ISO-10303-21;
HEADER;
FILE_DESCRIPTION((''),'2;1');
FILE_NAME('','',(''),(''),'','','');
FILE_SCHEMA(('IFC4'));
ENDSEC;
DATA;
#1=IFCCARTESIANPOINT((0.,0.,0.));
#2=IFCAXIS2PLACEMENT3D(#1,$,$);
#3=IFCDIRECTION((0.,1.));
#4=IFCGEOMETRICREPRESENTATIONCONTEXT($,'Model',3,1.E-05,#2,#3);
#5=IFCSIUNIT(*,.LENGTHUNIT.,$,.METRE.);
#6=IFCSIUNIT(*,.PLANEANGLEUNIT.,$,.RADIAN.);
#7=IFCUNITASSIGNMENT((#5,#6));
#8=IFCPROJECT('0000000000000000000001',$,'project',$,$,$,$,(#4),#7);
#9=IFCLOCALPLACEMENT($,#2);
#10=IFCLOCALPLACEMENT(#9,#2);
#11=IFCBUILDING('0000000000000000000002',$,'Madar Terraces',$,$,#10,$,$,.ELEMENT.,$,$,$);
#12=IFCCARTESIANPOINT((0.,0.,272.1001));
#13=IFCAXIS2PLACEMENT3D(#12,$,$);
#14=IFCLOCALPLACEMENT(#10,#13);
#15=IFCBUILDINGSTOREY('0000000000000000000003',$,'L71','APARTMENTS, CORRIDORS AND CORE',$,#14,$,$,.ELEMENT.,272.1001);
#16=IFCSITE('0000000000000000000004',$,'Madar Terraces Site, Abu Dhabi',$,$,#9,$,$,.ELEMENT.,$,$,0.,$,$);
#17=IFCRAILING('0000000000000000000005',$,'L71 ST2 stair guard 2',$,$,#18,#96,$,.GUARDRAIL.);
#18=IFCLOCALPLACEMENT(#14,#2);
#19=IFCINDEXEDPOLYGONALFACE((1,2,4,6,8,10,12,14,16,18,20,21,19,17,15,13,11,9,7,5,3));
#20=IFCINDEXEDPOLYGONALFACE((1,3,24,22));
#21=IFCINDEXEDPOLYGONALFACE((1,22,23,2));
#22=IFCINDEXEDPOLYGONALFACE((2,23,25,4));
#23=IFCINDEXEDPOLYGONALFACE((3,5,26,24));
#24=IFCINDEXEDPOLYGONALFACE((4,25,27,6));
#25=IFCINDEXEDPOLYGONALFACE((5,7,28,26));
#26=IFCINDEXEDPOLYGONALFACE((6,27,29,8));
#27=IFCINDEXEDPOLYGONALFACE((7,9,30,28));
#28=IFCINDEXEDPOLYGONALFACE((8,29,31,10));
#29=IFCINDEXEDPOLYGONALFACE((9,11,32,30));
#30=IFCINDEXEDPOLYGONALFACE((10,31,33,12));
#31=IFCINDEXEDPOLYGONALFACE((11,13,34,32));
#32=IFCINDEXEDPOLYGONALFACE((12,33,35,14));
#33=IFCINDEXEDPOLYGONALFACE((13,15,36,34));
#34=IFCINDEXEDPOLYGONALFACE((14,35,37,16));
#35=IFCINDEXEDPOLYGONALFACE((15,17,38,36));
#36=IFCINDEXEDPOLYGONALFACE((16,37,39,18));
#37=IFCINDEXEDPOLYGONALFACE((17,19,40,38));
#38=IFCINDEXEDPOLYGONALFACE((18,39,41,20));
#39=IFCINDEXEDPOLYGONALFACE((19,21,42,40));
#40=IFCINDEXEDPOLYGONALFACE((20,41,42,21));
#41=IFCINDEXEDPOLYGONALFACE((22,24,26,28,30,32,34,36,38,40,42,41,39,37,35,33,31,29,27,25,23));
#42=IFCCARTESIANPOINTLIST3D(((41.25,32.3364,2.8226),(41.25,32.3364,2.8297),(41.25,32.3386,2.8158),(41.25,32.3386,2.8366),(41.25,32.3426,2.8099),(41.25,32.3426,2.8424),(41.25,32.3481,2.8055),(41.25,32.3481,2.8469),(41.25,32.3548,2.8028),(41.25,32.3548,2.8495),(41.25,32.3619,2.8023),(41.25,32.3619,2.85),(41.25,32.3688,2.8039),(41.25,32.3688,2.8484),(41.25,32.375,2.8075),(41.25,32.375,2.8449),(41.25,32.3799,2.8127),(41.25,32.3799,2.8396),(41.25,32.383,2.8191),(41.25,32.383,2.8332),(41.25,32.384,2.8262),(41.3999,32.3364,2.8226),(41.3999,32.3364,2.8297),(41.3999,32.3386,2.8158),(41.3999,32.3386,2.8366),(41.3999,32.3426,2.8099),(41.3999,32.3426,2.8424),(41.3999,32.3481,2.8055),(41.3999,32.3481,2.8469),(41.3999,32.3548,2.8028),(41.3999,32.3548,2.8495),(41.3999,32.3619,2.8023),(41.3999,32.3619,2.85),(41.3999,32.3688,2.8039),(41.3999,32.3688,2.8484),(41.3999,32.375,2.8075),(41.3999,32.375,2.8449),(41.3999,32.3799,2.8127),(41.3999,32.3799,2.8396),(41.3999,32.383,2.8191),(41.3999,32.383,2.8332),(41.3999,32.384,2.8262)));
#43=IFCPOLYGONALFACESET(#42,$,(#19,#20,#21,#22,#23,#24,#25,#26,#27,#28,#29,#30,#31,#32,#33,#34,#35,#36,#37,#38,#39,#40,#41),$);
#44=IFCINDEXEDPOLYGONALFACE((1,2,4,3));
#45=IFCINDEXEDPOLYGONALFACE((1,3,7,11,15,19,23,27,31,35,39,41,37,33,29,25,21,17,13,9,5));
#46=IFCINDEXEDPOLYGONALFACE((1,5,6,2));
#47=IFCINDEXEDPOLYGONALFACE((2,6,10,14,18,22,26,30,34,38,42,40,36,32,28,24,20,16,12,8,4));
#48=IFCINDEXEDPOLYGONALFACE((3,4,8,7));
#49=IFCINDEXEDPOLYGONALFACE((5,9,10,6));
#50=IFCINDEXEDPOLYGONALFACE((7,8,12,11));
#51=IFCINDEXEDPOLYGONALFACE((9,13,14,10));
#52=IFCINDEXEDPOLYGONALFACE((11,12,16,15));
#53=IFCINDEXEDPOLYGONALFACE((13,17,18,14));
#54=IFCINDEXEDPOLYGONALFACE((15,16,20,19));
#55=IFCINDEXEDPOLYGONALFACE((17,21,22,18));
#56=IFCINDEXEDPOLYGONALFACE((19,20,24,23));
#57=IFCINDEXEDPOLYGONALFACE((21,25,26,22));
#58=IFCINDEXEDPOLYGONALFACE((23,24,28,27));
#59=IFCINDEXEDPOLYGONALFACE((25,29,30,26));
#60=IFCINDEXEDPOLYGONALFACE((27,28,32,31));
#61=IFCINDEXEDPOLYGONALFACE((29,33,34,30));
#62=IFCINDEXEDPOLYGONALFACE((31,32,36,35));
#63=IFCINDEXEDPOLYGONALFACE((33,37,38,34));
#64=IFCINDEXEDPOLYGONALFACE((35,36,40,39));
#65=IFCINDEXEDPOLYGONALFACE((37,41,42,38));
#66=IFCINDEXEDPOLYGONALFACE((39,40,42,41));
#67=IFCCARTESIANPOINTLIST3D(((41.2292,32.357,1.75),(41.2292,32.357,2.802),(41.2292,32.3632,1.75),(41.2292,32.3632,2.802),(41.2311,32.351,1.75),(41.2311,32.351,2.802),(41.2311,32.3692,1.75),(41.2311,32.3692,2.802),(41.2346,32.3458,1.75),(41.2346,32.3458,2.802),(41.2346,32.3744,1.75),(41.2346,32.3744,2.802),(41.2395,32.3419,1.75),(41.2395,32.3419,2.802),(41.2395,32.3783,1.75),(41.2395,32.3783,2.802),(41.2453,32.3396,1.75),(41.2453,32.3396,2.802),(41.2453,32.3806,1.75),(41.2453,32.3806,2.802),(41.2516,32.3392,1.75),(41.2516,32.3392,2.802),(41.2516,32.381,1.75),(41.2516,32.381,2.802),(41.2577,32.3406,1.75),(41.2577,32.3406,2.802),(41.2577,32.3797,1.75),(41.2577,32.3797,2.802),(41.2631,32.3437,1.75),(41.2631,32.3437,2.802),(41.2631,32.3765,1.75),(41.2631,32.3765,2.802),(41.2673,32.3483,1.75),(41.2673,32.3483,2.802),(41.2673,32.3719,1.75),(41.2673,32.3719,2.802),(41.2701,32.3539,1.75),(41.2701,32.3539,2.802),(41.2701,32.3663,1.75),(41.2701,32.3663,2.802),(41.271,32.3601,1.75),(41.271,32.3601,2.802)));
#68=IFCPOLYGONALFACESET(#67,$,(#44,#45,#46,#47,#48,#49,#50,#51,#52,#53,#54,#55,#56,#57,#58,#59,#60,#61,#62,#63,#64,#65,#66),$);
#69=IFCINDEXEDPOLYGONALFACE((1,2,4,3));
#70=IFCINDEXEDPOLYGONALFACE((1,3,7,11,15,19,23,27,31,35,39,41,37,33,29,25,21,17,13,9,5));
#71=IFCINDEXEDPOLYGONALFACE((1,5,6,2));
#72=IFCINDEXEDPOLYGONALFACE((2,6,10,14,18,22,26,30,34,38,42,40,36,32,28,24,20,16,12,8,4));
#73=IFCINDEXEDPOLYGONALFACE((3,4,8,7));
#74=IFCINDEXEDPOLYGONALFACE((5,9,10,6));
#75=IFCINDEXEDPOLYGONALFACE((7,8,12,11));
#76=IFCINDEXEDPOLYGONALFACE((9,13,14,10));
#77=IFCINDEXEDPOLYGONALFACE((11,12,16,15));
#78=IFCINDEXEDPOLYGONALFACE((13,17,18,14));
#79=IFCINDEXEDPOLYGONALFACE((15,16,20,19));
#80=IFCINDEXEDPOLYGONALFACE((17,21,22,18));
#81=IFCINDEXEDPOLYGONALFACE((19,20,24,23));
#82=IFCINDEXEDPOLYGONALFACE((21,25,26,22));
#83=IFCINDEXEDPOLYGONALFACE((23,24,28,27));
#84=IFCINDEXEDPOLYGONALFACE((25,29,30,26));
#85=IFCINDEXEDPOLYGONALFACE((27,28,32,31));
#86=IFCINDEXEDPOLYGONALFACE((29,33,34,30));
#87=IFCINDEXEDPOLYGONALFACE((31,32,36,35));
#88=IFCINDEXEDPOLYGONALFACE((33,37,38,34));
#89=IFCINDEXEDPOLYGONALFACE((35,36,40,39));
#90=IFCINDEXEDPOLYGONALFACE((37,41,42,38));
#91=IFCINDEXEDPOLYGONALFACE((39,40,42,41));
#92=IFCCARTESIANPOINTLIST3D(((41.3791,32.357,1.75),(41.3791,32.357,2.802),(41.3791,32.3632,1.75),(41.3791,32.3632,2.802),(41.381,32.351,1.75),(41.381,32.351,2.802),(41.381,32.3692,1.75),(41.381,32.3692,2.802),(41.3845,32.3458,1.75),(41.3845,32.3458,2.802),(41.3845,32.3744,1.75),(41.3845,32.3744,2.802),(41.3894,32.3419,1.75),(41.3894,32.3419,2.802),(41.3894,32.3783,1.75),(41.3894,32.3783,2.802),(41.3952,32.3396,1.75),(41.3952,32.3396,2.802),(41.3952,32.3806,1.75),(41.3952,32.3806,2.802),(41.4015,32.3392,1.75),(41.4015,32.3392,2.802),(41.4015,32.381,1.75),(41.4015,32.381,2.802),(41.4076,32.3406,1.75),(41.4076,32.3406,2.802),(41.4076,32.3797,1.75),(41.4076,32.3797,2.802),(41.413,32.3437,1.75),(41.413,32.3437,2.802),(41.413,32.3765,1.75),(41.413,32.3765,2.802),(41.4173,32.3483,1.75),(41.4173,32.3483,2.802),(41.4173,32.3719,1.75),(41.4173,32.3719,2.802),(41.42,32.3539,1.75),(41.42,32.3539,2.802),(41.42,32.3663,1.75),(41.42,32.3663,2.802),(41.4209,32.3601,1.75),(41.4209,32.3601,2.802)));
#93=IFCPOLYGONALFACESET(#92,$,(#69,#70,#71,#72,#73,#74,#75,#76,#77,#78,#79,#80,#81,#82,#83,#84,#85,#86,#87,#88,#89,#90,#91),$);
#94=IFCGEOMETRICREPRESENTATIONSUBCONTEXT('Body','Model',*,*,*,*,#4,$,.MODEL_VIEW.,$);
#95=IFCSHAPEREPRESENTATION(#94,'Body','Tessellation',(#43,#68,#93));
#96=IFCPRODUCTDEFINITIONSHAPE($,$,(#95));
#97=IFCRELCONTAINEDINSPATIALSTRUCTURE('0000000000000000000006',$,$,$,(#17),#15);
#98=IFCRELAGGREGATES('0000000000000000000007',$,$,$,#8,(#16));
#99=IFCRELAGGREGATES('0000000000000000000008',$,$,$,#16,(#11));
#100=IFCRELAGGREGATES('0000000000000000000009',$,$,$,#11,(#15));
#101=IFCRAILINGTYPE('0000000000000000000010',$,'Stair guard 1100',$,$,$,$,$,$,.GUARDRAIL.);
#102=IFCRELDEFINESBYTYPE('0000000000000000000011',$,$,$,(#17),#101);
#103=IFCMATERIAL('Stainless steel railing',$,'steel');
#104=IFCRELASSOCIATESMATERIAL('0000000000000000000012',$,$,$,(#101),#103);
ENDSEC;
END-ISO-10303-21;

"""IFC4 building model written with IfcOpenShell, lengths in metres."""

from ifc_helpers import new_model, si_unit, direction, frame, origin, origin_2d, place, context, subcontext, project, spatial, circle, extrude, material, type_object, element, save


model = new_model("IFC4")

# Units and contexts
model_context = context("Model", 3, precision=1e-05, world=origin(), true_north=direction((0.0, 1.0)))
body_context = subcontext(model_context, "Body", "Model", "MODEL_VIEW")
ifc_project = project(units=[si_unit("LENGTHUNIT", "METRE"), si_unit("PLANEANGLEUNIT", "RADIAN")], contexts=[model_context])

# Site, building, storey
site_placement = place(None, origin())
site = spatial("IfcSite", under=ifc_project, at=site_placement, Name="Madar Terraces Site, Abu Dhabi", CompositionType="ELEMENT", RefElevation=0.0)
building_placement = place(site_placement, origin())
building = spatial("IfcBuilding", under=site, at=building_placement, Name="Madar Terraces", CompositionType="ELEMENT")
storey_placement = place(building_placement, frame((0.0, 0.0, 272.1001)))
storey = spatial("IfcBuildingStorey", under=building, at=storey_placement, Name="L71", Description="APARTMENTS, CORRIDORS AND CORE", CompositionType="ELEMENT", Elevation=272.1001)

# Railing
ifc_material_1 = material(Name="Stainless steel railing", Category="steel")
railing_type_1 = type_object("IfcRailingType", Name="Stair guard 1100", PredefinedType="GUARDRAIL", material=ifc_material_1)
railing_1_placement = place(storey_placement, frame((41.25, 32.3601, 1.75)))
element("IfcRailing", 1, at=railing_1_placement, inside=storey, type_object=railing_type_1, Name="L71 ST2 stair guard 2", PredefinedType="GUARDRAIL", context=body_context, shape_type="SweptSolid", body=[
    extrude(circle(Radius=0.0239, at=origin_2d()), frame((0.0, 0.0, 1.0762), z_axis=(1.0, 0.0, 0.0), x_axis=(0.0, 1.0, 0.0)), (0.0, 0.0, 1.0), 0.1499),
    extrude(circle(Radius=0.021, at=origin_2d()), origin(), (0.0, 0.0, 1.0), 1.052),
    extrude(circle(Radius=0.021, at=origin_2d()), frame((0.1499, 0.0, 0.0)), (0.0, 0.0, 1.0), 1.052),
])

save(model, "model.ifc")
